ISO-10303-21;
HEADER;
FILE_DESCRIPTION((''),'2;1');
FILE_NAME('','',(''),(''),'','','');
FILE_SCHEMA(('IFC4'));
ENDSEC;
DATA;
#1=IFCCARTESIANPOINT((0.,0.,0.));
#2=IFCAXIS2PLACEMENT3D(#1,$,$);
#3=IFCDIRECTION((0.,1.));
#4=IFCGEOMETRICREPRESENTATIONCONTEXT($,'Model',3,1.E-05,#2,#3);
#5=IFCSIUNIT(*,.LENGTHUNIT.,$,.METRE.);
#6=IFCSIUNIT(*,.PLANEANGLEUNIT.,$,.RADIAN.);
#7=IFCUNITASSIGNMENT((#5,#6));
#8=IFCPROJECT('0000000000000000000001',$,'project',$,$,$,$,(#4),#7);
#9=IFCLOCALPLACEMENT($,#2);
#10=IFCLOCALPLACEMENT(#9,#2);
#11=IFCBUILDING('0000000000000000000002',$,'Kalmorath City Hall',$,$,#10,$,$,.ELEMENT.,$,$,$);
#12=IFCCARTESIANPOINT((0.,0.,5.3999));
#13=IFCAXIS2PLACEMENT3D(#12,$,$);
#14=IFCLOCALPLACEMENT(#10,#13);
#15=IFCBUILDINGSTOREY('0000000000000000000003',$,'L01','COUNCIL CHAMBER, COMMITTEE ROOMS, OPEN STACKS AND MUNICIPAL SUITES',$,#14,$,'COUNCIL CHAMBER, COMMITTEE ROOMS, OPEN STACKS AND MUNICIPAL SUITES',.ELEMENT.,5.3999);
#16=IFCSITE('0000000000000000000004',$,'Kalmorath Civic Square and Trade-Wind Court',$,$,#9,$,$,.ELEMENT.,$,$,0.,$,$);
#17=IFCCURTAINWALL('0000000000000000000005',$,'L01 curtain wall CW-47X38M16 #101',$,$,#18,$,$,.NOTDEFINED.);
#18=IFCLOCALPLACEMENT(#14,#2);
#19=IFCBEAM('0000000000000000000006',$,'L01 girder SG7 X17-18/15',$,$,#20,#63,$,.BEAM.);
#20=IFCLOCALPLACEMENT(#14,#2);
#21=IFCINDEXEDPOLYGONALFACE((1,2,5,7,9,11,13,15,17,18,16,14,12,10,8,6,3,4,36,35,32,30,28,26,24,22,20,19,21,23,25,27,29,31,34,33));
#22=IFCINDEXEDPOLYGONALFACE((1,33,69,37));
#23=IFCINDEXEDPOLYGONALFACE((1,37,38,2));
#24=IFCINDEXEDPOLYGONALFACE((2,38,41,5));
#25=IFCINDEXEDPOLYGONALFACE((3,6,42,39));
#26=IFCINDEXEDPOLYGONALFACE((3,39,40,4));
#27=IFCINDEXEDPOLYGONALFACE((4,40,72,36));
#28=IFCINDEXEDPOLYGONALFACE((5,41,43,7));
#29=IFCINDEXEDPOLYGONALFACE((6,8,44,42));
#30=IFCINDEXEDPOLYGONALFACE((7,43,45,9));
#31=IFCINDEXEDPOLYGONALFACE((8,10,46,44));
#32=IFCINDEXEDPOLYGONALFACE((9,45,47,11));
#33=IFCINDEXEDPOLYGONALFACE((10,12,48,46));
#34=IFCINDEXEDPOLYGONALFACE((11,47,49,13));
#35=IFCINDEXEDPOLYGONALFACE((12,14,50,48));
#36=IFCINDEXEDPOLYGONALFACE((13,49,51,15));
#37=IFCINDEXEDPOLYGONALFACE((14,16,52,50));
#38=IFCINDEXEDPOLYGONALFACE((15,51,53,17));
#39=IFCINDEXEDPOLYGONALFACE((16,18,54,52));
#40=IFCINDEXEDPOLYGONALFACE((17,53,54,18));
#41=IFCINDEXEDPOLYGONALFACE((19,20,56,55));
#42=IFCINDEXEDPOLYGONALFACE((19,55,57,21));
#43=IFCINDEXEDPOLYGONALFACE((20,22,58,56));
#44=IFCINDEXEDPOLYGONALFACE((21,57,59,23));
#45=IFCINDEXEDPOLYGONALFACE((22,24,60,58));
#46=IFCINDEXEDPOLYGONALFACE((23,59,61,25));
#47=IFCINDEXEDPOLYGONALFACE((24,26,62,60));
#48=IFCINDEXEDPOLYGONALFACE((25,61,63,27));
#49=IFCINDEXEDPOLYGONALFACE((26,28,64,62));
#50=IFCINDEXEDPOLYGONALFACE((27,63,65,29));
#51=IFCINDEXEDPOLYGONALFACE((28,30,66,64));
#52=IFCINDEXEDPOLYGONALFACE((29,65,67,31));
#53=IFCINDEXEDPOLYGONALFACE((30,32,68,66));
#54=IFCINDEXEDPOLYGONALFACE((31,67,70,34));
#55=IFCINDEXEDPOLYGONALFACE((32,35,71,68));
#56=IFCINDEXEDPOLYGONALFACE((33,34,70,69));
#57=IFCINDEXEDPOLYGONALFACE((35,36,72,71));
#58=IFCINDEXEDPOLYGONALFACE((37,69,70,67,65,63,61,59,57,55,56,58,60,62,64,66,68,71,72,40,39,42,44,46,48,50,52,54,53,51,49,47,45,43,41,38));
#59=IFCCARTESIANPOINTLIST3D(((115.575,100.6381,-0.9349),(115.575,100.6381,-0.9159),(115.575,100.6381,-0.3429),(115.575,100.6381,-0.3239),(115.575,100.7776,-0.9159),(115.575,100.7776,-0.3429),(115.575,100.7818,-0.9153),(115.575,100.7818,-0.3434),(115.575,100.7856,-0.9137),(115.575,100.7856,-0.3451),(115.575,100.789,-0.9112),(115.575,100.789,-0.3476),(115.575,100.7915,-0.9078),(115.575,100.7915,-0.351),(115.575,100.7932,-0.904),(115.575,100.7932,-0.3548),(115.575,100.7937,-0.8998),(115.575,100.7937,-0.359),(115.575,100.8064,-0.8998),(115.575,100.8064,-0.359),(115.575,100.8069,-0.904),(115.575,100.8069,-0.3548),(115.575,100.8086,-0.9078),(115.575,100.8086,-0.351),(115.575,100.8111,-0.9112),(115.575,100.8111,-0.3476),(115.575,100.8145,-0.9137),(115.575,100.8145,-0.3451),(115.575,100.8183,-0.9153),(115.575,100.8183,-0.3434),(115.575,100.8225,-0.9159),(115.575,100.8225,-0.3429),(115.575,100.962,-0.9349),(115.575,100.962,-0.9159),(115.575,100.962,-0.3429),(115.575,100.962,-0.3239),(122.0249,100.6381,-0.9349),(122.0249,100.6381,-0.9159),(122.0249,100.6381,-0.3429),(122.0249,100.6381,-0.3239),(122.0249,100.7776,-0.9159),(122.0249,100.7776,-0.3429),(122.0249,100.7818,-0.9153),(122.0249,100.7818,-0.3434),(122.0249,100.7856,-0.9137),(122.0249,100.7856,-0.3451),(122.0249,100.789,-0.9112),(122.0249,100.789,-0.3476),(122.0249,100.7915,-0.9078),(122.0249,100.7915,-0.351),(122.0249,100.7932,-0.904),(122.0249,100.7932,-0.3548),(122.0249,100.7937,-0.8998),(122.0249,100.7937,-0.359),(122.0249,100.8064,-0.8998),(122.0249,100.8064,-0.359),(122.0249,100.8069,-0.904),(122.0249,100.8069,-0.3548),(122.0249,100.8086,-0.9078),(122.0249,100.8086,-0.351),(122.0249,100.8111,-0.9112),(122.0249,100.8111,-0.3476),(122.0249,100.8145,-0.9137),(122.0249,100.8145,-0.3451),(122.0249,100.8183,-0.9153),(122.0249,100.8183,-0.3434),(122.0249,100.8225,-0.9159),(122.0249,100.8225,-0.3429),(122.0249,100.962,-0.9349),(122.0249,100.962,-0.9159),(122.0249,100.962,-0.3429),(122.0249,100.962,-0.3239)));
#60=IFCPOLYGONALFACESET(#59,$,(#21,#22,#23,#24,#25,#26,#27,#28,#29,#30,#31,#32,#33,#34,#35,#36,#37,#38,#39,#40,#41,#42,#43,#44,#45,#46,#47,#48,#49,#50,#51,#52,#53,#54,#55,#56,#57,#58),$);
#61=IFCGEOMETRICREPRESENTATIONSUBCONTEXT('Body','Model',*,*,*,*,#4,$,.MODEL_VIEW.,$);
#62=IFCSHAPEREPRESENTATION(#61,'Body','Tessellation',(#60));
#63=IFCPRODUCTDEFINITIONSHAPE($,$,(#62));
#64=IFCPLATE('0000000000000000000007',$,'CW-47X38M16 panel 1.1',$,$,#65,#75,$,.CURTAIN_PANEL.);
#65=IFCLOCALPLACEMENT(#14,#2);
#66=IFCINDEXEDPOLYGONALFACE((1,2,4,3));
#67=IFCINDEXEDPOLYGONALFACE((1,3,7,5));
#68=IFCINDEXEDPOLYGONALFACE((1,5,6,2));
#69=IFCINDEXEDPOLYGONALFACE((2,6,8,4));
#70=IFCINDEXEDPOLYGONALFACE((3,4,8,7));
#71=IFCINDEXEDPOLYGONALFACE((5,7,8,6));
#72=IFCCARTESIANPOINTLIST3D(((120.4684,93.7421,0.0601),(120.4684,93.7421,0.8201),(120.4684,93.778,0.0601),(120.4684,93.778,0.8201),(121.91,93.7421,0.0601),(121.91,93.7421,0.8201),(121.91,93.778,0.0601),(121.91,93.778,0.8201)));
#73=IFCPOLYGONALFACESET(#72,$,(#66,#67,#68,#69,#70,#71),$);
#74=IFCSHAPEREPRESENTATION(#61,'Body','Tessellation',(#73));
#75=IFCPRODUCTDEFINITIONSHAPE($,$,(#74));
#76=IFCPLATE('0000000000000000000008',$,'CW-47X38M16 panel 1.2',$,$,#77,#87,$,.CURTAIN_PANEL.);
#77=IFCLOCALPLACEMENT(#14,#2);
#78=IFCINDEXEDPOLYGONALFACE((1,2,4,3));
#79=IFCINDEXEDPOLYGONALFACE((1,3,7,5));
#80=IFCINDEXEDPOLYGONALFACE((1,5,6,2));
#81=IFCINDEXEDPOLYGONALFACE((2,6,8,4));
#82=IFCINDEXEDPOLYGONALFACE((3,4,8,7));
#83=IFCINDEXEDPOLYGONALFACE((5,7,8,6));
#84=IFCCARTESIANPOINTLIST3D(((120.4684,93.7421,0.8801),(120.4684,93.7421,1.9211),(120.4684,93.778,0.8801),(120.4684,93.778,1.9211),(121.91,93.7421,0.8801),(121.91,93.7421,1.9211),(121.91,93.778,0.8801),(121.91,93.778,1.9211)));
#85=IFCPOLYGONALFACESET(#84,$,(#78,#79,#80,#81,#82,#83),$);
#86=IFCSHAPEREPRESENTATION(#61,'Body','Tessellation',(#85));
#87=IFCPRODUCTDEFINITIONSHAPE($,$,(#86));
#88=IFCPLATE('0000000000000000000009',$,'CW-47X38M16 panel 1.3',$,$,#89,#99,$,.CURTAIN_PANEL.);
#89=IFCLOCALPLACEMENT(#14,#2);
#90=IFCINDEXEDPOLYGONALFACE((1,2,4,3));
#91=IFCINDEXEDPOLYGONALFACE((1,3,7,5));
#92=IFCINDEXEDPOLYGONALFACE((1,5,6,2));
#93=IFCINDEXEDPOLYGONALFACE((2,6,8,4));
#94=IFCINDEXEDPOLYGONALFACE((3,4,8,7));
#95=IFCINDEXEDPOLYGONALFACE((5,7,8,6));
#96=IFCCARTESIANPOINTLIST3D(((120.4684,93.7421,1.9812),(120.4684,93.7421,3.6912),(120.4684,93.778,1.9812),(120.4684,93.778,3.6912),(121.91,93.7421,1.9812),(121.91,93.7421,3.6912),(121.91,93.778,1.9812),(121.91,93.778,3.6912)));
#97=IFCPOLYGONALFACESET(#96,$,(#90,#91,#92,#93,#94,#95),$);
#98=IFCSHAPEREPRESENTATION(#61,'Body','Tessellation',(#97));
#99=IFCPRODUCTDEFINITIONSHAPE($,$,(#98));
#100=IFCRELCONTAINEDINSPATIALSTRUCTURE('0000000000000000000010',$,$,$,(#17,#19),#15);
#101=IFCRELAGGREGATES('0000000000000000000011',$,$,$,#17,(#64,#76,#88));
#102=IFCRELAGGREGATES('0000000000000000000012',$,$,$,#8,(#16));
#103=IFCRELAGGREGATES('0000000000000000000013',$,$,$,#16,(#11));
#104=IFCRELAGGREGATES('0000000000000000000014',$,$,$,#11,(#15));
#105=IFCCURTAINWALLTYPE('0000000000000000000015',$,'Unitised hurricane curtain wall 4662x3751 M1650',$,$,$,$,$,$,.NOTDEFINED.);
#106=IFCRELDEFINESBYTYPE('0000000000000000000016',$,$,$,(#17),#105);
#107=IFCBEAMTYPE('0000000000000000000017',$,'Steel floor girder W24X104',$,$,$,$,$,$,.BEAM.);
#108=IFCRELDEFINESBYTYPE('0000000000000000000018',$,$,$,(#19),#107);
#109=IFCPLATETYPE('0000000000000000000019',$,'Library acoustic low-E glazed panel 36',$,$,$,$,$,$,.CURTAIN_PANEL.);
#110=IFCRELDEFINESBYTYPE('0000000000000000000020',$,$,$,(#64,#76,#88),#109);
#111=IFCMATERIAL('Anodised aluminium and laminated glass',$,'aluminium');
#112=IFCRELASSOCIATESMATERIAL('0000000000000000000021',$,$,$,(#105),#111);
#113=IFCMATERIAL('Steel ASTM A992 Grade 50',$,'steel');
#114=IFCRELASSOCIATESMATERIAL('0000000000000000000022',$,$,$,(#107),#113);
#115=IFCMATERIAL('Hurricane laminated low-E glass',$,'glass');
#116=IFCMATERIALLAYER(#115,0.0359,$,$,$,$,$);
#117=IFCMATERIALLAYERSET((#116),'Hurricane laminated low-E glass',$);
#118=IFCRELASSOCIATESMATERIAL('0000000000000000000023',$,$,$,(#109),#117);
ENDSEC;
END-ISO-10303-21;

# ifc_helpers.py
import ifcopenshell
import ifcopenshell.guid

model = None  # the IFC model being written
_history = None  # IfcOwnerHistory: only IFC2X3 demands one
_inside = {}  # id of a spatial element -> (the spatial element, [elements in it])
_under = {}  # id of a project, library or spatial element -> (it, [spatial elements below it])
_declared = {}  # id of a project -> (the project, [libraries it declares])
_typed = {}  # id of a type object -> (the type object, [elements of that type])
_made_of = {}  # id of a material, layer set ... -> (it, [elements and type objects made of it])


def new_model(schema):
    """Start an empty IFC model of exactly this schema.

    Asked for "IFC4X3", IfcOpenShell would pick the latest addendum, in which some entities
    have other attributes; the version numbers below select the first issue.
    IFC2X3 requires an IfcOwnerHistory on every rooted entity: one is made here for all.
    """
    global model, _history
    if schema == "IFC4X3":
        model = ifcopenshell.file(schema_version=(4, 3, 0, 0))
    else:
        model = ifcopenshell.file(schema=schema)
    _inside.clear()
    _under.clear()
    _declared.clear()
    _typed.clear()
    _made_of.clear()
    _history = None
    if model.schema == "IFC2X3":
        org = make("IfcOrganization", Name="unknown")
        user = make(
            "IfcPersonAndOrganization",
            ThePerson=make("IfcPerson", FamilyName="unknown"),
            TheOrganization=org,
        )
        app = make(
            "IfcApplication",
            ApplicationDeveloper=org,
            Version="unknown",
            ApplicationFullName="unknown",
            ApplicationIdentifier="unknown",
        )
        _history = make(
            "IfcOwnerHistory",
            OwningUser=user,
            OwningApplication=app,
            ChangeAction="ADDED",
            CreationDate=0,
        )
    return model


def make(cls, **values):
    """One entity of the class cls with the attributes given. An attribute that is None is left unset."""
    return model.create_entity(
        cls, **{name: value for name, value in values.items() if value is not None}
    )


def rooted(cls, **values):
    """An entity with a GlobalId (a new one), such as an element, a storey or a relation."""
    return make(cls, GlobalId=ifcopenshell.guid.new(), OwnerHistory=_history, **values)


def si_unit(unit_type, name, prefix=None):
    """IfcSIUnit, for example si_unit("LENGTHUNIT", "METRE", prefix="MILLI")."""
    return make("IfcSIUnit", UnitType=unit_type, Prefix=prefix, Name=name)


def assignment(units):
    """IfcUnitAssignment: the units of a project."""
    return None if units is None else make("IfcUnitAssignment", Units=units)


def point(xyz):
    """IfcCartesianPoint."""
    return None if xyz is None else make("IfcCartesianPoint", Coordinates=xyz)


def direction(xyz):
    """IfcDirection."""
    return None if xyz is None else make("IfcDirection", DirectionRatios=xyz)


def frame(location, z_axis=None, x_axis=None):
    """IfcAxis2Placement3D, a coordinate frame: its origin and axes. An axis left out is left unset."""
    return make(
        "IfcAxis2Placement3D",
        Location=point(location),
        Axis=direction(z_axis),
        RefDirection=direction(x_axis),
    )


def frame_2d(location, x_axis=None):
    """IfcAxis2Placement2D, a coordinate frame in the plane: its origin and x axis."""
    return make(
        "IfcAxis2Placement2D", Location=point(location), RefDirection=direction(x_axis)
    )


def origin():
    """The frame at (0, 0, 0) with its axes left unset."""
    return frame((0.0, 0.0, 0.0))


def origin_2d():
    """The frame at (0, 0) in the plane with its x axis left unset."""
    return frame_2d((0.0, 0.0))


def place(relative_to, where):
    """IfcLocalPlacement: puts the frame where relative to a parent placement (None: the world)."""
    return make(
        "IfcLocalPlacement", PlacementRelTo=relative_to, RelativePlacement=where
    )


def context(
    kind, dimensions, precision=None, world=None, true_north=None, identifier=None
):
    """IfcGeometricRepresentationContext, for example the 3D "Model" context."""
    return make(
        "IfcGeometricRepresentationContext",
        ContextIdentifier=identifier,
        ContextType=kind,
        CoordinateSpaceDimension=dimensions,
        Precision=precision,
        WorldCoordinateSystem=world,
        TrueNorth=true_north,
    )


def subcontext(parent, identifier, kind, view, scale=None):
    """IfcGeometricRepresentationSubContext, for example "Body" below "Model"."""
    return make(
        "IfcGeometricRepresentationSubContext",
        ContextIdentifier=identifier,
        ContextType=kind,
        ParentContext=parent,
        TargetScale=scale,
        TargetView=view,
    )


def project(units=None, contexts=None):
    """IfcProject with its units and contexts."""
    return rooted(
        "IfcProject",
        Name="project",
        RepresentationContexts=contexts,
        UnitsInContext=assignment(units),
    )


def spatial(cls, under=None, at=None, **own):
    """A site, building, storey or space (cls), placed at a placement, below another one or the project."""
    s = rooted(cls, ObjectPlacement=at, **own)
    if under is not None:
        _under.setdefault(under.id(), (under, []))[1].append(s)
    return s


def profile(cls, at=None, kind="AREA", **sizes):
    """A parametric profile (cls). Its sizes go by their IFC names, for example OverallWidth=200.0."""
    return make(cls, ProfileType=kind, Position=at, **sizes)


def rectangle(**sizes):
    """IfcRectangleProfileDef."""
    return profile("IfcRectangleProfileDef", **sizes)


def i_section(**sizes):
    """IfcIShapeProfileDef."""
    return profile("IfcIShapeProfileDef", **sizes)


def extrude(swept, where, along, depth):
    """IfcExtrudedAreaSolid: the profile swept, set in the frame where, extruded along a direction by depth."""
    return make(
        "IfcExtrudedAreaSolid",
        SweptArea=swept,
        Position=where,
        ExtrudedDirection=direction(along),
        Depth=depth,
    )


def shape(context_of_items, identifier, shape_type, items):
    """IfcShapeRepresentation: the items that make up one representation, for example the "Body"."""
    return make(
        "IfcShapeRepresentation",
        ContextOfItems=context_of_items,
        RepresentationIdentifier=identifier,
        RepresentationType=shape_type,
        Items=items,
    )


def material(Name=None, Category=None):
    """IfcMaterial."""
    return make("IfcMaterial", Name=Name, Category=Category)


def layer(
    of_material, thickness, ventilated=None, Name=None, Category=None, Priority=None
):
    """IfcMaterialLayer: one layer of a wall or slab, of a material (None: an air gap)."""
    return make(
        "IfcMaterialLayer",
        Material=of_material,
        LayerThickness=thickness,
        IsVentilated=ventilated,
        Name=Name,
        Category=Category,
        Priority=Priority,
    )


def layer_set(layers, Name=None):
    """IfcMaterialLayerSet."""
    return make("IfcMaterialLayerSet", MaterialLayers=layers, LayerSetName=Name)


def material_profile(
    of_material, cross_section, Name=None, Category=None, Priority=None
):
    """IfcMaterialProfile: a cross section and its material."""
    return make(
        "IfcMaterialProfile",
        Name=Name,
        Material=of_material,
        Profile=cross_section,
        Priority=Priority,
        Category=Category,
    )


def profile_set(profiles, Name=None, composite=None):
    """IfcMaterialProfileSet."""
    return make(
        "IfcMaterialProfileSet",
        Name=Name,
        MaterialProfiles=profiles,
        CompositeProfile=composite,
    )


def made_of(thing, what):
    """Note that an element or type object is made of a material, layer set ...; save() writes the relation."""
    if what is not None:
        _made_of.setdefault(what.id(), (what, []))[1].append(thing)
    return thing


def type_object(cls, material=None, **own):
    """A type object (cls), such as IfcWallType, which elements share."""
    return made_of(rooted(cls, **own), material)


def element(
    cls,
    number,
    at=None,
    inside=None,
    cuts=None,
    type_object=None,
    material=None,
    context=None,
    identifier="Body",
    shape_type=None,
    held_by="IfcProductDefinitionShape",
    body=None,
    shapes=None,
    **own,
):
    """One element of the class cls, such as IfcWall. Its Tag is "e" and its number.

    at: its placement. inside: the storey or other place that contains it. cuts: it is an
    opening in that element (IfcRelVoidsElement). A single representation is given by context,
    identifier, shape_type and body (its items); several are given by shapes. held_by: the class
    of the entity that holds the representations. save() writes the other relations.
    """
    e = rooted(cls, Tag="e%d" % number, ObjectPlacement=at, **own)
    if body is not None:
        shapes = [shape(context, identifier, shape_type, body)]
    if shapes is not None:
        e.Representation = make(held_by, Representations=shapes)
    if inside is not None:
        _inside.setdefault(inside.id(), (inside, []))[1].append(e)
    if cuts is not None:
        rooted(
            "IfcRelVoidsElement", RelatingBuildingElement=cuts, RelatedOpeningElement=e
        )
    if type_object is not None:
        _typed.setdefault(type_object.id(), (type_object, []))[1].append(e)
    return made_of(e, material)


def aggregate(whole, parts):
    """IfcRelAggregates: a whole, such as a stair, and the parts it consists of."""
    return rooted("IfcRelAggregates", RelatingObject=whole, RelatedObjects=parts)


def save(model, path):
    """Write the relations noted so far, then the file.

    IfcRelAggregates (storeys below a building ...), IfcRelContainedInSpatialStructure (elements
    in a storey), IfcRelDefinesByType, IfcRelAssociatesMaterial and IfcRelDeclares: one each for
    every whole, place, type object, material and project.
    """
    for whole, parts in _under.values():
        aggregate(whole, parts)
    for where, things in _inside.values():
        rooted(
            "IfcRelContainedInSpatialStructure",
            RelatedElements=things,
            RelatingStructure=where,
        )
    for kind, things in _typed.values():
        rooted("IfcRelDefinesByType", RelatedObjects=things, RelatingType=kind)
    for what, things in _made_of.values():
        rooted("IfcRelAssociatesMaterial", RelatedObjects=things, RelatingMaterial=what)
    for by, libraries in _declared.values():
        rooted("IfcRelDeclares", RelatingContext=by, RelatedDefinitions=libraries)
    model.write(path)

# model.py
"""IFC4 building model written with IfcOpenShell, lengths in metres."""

from ifc_helpers import new_model, si_unit, direction, frame, origin, origin_2d, place, context, subcontext, project, spatial, rectangle, i_section, extrude, material, layer, layer_set, material_profile, profile_set, type_object, element, aggregate, save


model = new_model("IFC4")

# Units and contexts
model_context = context("Model", 3, precision=1e-05, world=origin(), true_north=direction((0.0, 1.0)))
body_context = subcontext(model_context, "Body", "Model", "MODEL_VIEW")
ifc_project = project(units=[si_unit("LENGTHUNIT", "METRE"), si_unit("PLANEANGLEUNIT", "RADIAN")], contexts=[model_context])

# Site, building, storey
site_placement = place(None, origin())
site = spatial("IfcSite", under=ifc_project, at=site_placement, Name="Kalmorath Civic Square and Trade-Wind Court", CompositionType="ELEMENT", RefElevation=0.0)
building_placement = place(site_placement, origin())
building = spatial("IfcBuilding", under=site, at=building_placement, Name="Kalmorath City Hall", CompositionType="ELEMENT")
storey_placement = place(building_placement, frame((0.0, 0.0, 5.3999)))
storey = spatial("IfcBuildingStorey", under=building, at=storey_placement, Name="L01", Description="COUNCIL CHAMBER, COMMITTEE ROOMS, OPEN STACKS AND MUNICIPAL SUITES", LongName="COUNCIL CHAMBER, COMMITTEE ROOMS, OPEN STACKS AND MUNICIPAL SUITES", CompositionType="ELEMENT", Elevation=5.3999)

# Curtain wall
ifc_material_1 = material(Name="Anodised aluminium and laminated glass", Category="aluminium")
curtain_wall_type = type_object("IfcCurtainWallType", Name="Unitised hurricane curtain wall 4662x3751 M1650", PredefinedType="NOTDEFINED", material=ifc_material_1)
curtain_wall_placement = place(storey_placement, origin())
curtain_wall = element("IfcCurtainWall", 1, at=curtain_wall_placement, inside=storey, type_object=curtain_wall_type, Name="L01 curtain wall CW-47X38M16 #101", PredefinedType="NOTDEFINED")

# Beam
ifc_material_2 = material(Name="Steel ASTM A992 Grade 50", Category="steel")
ifc_material_profile_1 = material_profile(ifc_material_2, i_section(OverallWidth=0.324, OverallDepth=0.6111, WebThickness=0.0127, FlangeThickness=0.019, FilletRadius=0.0161, at=origin_2d()), Name="W24X104")
ifc_profile_set_1 = profile_set([ifc_material_profile_1], Name="Steel ASTM A992 Grade 50")
beam_type_1 = type_object("IfcBeamType", Name="Steel floor girder W24X104", PredefinedType="BEAM", material=ifc_profile_set_1)
for number, where, z_axis, x_axis, name in (
    (2, (115.575, 100.8, -0.6294), (1.0, 0.0, 0.0), (0.0, 1.0, 0.0), "L01 girder SG7 X17-18/15"),
):
    element("IfcBeam", number, at=place(storey_placement, frame(where, z_axis=z_axis, x_axis=x_axis)), inside=storey, type_object=beam_type_1, Name=name, PredefinedType="BEAM", context=body_context, shape_type="SweptSolid", body=[
        extrude(i_section(OverallWidth=0.324, OverallDepth=0.6111, WebThickness=0.0127, FlangeThickness=0.019, FilletRadius=0.0161, at=origin_2d()), origin(), (0.0, 0.0, 1.0), 6.45),
    ])

# Plates
ifc_material_3 = material(Name="Hurricane laminated low-E glass", Category="glass")
ifc_layer = layer(ifc_material_3, 0.0359)
ifc_layer_set = layer_set([ifc_layer], Name="Hurricane laminated low-E glass")
plate_type = type_object("IfcPlateType", Name="Library acoustic low-E glazed panel 36", PredefinedType="CURTAIN_PANEL", material=ifc_layer_set)
plate_1_placement = place(storey_placement, frame((121.1892, 93.76, 0.0601), z_axis=(0.0, 0.0, 1.0), x_axis=(-1.0, 0.0, 0.0)))
plate_1 = element("IfcPlate", 3, at=plate_1_placement, type_object=plate_type, Name="CW-47X38M16 panel 1.1", PredefinedType="CURTAIN_PANEL", context=body_context, shape_type="SweptSolid", body=[
    extrude(rectangle(XDim=1.4417, YDim=0.0359, at=origin_2d()), origin(), (0.0, 0.0, 1.0), 0.76),
])
plate_2_placement = place(storey_placement, frame((121.1892, 93.76, 0.8801), z_axis=(0.0, 0.0, 1.0), x_axis=(-1.0, 0.0, 0.0)))
plate_2 = element("IfcPlate", 4, at=plate_2_placement, type_object=plate_type, Name="CW-47X38M16 panel 1.2", PredefinedType="CURTAIN_PANEL", context=body_context, shape_type="SweptSolid", body=[
    extrude(rectangle(XDim=1.4417, YDim=0.0359, at=origin_2d()), origin(), (0.0, 0.0, 1.0), 1.041),
])
plate_3_placement = place(storey_placement, frame((121.1892, 93.76, 1.9812), z_axis=(0.0, 0.0, 1.0), x_axis=(-1.0, 0.0, 0.0)))
plate_3 = element("IfcPlate", 5, at=plate_3_placement, type_object=plate_type, Name="CW-47X38M16 panel 1.3", PredefinedType="CURTAIN_PANEL", context=body_context, shape_type="SweptSolid", body=[
    extrude(rectangle(XDim=1.4417, YDim=0.0359, at=origin_2d()), origin(), (0.0, 0.0, 1.0), 1.71),
])
aggregate(curtain_wall, [plate_1, plate_2, plate_3])

save(model, "model.ifc")
